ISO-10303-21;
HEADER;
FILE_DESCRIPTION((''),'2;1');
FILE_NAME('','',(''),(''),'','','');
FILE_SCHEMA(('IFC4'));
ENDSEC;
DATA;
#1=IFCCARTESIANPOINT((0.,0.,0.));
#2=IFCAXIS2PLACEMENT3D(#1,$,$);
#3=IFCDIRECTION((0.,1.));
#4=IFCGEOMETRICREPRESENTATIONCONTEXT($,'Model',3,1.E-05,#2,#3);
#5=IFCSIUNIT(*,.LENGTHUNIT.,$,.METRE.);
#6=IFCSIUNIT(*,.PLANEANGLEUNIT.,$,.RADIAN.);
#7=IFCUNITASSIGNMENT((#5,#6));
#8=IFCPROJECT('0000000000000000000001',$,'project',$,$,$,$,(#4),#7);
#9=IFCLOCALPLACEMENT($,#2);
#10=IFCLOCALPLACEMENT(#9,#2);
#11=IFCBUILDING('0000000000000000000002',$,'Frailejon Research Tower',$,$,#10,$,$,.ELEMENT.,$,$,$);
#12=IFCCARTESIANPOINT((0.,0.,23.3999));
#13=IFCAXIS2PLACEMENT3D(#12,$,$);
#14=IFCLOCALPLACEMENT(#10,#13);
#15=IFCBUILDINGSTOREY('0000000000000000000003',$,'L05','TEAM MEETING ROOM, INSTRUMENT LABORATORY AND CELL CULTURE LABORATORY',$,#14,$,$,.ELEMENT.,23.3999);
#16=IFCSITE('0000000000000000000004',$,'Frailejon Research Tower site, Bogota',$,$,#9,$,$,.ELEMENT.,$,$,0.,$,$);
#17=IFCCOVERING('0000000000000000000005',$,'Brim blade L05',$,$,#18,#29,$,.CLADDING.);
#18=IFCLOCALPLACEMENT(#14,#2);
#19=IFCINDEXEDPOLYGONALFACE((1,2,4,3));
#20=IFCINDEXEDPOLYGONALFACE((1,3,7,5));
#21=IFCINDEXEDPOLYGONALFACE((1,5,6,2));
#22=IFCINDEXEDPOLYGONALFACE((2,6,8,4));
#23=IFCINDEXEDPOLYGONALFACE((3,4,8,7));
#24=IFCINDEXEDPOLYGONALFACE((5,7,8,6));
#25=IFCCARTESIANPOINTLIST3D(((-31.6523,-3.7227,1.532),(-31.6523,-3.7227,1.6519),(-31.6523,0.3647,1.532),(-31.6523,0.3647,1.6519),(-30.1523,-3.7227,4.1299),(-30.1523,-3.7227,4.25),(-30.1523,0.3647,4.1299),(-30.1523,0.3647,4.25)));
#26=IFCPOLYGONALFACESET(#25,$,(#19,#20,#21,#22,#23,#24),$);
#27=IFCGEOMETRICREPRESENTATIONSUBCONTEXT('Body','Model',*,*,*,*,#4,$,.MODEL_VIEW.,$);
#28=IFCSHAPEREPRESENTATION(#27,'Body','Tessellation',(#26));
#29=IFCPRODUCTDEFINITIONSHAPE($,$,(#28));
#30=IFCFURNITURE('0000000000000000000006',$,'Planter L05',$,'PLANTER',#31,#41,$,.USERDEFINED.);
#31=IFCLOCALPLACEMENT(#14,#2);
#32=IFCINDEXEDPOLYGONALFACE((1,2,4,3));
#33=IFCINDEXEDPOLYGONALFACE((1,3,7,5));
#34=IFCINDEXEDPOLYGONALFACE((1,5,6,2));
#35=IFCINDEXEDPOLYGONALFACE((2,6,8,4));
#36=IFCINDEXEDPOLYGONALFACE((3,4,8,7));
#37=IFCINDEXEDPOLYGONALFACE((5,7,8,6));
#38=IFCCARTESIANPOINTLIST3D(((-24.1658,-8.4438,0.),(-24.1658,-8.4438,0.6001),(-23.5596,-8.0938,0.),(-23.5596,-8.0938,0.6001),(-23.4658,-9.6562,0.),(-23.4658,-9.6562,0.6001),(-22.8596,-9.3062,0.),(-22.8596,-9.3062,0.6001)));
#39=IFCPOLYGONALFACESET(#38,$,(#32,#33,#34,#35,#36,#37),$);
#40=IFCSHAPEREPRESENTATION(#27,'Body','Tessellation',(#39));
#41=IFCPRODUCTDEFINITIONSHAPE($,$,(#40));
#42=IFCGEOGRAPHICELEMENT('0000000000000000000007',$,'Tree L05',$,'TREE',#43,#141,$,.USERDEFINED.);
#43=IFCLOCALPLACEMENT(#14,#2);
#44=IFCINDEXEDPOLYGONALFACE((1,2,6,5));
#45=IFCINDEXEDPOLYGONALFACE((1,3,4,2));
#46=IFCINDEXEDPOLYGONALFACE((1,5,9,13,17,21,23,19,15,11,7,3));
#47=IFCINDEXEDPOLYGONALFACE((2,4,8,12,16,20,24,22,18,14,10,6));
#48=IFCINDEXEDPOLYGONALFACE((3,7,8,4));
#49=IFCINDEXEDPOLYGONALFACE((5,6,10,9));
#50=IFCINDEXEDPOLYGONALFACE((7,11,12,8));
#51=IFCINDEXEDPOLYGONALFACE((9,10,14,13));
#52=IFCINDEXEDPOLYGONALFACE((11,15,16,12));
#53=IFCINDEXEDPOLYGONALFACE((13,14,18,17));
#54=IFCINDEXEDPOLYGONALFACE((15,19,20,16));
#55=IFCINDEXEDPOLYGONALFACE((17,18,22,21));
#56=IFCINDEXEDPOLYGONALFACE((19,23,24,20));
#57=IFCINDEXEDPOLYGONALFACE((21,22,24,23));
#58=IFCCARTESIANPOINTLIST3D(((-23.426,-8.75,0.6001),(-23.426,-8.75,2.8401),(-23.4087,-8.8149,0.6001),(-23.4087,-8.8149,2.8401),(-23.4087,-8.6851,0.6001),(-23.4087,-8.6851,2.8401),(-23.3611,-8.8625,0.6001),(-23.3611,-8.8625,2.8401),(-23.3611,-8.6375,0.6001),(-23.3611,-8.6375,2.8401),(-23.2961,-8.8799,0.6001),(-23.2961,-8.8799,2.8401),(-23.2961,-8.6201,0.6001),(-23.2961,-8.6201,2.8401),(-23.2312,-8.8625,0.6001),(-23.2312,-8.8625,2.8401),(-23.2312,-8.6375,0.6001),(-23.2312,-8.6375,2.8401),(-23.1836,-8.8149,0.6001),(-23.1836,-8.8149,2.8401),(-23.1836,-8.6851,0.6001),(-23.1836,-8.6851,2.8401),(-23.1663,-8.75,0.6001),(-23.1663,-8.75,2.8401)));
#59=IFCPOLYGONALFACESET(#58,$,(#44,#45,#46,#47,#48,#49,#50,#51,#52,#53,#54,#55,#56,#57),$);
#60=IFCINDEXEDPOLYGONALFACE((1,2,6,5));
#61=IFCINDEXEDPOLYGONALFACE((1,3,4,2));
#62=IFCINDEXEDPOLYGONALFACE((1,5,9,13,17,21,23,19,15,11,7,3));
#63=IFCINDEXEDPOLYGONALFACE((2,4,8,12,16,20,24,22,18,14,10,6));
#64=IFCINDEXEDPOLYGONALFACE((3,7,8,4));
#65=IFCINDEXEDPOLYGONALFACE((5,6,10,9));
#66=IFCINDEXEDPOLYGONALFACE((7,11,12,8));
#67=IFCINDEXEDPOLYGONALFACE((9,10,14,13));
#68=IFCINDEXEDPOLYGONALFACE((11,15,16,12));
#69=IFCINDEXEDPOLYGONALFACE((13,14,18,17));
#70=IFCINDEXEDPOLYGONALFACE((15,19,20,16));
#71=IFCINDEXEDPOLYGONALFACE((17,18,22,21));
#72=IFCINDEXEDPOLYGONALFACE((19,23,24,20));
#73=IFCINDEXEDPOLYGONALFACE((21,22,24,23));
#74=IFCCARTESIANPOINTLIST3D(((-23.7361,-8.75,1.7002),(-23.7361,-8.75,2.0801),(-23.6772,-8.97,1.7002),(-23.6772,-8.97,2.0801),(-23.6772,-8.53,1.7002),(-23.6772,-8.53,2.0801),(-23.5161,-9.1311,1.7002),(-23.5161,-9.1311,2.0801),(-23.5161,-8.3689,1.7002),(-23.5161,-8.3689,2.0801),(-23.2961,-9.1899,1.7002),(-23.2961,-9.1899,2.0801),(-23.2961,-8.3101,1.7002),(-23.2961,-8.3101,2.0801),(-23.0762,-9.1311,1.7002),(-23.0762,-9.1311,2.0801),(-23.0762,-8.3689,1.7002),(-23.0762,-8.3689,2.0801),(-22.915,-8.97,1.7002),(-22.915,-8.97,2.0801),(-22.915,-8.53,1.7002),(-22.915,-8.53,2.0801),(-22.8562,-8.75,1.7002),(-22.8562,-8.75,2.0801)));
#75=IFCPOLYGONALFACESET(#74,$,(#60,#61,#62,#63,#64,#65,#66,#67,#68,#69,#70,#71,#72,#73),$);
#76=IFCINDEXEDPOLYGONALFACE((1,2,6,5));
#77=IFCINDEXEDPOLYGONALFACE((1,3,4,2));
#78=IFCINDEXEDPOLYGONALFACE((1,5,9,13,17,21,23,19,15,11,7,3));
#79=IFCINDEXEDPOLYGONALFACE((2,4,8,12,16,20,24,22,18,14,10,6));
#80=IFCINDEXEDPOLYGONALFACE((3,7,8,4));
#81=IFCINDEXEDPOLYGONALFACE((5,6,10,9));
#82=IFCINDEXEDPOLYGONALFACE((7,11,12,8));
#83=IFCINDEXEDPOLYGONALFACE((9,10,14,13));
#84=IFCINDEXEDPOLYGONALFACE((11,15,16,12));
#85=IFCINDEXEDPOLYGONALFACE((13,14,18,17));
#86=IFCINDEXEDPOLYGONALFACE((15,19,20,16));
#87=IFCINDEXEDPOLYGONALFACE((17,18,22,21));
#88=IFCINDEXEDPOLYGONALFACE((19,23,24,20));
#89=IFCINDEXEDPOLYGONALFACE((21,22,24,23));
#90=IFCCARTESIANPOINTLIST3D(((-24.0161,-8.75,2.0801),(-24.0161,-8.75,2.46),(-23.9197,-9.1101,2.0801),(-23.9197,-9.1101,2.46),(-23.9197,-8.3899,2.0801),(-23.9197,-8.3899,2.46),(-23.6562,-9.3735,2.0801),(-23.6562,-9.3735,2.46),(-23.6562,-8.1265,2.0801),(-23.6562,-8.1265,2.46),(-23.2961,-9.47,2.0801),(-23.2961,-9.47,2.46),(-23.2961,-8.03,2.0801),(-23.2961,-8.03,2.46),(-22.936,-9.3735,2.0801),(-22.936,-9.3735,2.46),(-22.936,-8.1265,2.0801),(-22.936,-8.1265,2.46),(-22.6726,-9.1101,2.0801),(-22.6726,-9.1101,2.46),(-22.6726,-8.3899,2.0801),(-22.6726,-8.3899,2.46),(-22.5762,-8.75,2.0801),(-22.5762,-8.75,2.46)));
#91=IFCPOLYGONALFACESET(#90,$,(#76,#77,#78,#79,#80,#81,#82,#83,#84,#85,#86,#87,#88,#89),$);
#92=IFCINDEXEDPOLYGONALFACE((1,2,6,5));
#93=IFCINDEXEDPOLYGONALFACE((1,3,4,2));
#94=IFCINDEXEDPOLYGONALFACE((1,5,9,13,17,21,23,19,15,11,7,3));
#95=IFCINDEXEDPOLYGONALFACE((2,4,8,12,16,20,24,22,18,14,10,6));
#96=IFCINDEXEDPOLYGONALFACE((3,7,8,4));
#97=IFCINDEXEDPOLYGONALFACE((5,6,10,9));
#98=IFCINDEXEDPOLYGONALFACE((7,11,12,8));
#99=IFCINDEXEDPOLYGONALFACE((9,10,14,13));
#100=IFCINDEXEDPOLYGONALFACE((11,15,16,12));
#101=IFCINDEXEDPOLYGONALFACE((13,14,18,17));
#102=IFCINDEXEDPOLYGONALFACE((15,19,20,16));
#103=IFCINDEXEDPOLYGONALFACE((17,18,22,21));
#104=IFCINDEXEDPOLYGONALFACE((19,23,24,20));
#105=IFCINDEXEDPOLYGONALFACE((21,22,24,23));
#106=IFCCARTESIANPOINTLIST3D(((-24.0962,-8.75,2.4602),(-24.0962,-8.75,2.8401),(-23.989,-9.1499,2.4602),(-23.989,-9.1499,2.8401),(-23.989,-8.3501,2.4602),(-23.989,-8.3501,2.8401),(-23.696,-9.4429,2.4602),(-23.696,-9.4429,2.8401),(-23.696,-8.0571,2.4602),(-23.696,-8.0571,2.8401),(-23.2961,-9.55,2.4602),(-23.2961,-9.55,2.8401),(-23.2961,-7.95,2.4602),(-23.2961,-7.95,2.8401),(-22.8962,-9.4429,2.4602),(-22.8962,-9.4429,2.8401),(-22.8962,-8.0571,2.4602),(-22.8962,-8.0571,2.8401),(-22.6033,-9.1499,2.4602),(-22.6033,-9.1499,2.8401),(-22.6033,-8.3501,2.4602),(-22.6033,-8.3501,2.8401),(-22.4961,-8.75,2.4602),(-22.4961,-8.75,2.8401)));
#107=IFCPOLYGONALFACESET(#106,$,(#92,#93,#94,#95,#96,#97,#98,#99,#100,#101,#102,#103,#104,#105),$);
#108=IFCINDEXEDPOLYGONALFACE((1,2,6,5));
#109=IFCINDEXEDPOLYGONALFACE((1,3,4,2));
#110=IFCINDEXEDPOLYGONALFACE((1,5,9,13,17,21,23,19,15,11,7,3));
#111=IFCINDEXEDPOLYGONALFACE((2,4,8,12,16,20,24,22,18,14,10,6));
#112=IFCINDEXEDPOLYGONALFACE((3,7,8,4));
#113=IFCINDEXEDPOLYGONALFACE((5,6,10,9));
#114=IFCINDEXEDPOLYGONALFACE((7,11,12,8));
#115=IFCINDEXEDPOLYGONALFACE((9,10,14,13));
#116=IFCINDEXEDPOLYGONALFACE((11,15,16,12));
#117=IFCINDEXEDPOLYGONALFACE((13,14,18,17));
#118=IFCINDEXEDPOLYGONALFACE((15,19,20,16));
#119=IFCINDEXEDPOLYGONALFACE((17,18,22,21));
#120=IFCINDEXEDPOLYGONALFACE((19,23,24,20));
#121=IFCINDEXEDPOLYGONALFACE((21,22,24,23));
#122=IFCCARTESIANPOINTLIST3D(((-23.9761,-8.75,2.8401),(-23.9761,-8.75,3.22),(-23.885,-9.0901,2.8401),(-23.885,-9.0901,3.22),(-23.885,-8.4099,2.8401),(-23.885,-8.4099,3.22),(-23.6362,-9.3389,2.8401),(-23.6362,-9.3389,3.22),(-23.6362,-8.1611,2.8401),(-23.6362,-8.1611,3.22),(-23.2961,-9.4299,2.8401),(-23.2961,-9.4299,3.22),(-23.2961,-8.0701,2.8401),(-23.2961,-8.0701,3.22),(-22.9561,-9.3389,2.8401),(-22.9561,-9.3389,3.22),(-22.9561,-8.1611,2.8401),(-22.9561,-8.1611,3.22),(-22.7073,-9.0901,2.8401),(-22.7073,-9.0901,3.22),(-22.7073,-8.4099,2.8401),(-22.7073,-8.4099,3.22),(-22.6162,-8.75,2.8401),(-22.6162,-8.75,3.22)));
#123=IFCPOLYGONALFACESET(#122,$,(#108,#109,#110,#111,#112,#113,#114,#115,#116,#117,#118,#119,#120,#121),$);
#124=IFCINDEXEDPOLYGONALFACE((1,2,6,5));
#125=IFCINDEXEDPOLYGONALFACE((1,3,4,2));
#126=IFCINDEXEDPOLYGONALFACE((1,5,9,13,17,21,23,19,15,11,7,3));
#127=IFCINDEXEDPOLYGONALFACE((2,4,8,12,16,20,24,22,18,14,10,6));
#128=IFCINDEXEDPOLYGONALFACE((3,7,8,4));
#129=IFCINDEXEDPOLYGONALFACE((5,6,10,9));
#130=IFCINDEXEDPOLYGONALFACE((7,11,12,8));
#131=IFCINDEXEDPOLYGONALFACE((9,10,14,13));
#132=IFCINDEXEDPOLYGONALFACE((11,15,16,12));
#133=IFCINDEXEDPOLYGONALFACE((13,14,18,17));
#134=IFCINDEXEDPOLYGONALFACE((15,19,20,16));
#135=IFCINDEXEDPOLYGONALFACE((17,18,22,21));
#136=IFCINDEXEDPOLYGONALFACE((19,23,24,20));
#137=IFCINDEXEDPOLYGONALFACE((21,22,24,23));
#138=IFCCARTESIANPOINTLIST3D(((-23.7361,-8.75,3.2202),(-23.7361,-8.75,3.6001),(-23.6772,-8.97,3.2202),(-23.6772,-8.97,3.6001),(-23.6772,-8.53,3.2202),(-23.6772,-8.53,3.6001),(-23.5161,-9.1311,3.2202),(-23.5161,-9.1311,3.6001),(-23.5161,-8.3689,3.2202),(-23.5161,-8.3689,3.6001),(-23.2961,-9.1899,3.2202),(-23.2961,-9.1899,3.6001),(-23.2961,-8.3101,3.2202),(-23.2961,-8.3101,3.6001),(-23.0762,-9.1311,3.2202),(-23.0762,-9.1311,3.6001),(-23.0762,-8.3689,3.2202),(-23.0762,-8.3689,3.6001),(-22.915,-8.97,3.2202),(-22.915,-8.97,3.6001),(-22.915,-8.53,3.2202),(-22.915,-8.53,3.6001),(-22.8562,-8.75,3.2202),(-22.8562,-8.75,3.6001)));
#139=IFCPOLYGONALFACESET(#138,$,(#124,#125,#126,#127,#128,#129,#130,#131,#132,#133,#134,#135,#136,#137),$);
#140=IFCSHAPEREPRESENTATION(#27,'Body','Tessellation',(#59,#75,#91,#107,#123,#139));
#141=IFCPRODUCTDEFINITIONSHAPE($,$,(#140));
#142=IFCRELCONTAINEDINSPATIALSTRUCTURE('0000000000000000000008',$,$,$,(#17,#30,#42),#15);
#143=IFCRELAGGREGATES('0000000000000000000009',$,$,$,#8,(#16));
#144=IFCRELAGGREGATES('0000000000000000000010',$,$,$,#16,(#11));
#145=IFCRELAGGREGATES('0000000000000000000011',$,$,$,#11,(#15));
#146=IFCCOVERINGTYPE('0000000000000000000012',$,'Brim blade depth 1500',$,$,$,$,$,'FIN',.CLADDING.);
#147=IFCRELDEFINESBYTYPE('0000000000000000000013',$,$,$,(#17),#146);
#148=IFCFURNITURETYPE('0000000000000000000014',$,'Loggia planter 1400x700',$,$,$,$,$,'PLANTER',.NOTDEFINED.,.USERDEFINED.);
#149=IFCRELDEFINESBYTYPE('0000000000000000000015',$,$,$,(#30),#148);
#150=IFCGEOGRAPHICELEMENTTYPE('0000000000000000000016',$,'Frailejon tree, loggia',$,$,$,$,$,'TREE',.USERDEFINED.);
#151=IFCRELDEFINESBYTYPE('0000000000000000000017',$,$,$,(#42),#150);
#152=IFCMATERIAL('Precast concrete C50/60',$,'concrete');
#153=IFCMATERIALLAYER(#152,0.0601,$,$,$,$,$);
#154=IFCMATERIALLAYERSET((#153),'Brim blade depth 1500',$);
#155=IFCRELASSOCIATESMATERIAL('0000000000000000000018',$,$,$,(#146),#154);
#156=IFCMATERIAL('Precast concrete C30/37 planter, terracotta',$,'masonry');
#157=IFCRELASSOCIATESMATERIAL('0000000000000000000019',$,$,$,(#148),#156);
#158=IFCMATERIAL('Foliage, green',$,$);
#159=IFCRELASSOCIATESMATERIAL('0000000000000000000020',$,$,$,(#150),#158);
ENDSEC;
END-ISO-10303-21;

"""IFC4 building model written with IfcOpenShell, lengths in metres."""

from ifc_helpers import new_model, si_unit, direction, frame, origin, origin_2d, place, context, subcontext, project, spatial, polyline, rectangle, outline, extrude, material, layer, layer_set, type_object, element, save


model = new_model("IFC4")

# Units and contexts
model_context = context("Model", 3, precision=1e-05, world=origin(), true_north=direction((0.0, 1.0)))
body_context = subcontext(model_context, "Body", "Model", "MODEL_VIEW")
ifc_project = project(units=[si_unit("LENGTHUNIT", "METRE"), si_unit("PLANEANGLEUNIT", "RADIAN")], contexts=[model_context])

# Site, building, storey
site_placement = place(None, origin())
site = spatial("IfcSite", under=ifc_project, at=site_placement, Name="Frailejon Research Tower site, Bogota", CompositionType="ELEMENT", RefElevation=0.0)
building_placement = place(site_placement, origin())
building = spatial("IfcBuilding", under=site, at=building_placement, Name="Frailejon Research Tower", CompositionType="ELEMENT")
storey_placement = place(building_placement, frame((0.0, 0.0, 23.3999)))
storey = spatial("IfcBuildingStorey", under=building, at=storey_placement, Name="L05", Description="TEAM MEETING ROOM, INSTRUMENT LABORATORY AND CELL CULTURE LABORATORY", CompositionType="ELEMENT", Elevation=23.3999)

# Covering
ifc_material_1 = material(Name="Precast concrete C50/60", Category="concrete")
ifc_layer_1 = layer(ifc_material_1, 0.0601)
ifc_layer_set_1 = layer_set([ifc_layer_1], Name="Brim blade depth 1500")
covering_type_1 = type_object("IfcCoveringType", Name="Brim blade depth 1500", ElementType="FIN", PredefinedType="CLADDING", material=ifc_layer_set_1)
covering_1_placement = place(storey_placement, frame((-30.1523, -3.7227, 4.25), z_axis=(0.0, 1.0, 0.0), x_axis=(-1.0, 0.0, 0.0)))
element("IfcCovering", 1, at=covering_1_placement, inside=storey, type_object=covering_type_1, Name="Brim blade L05", PredefinedType="CLADDING", context=body_context, shape_type="SweptSolid", body=[
    extrude(outline(polyline([(0.0, -0.1201), (1.5, -2.718), (1.5, -2.5981), (0.0, 0.0), (0.0, -0.1201)])), origin(), (0.0, 0.0, 1.0), 4.0874),
])

# Furniture
ifc_material_2 = material(Name="Precast concrete C30/37 planter, terracotta", Category="masonry")
furniture_type = type_object("IfcFurnitureType", Name="Loggia planter 1400x700", ElementType="PLANTER", AssemblyPlace="NOTDEFINED", PredefinedType="USERDEFINED", material=ifc_material_2)
furniture_placement = place(storey_placement, frame((-23.5127, -8.875, 0.0), z_axis=(0.0, 0.0, 1.0), x_axis=(0.5, -0.866025, 0.0)))
element("IfcFurniture", 2, at=furniture_placement, inside=storey, type_object=furniture_type, Name="Planter L05", ObjectType="PLANTER", PredefinedType="USERDEFINED", context=body_context, shape_type="SweptSolid", body=[
    extrude(rectangle(XDim=1.3999, YDim=0.7, at=origin_2d()), origin(), (0.0, 0.0, 1.0), 0.6001),
])

# Geographic element
ifc_material_3 = material(Name="Foliage, green")
geographic_element_type = type_object("IfcGeographicElementType", Name="Frailejon tree, loggia", ElementType="TREE", PredefinedType="USERDEFINED", material=ifc_material_3)
geographic_element_placement = place(storey_placement, frame((-23.2961, -8.75, 0.6001)))
element("IfcGeographicElement", 3, at=geographic_element_placement, inside=storey, type_object=geographic_element_type, Name="Tree L05", ObjectType="TREE", PredefinedType="USERDEFINED", context=body_context, shape_type="SweptSolid", body=[
    extrude(outline(polyline([(0.1299, 0.0), (0.1125, 0.0649), (0.0649, 0.1125), (0.0, 0.1299), (-0.0649, 0.1125), (-0.1125, 0.0649), (-0.1299, 0.0), (-0.1125, -0.0649), (-0.0649, -0.1125), (0.0, -0.1299), (0.0649, -0.1125), (0.1125, -0.0649), (0.1299, 0.0)])), origin(), (0.0, 0.0, 1.0), 2.24),
    extrude(outline(polyline([(0.4399, 0.0), (0.3811, 0.22), (0.22, 0.3811), (0.0, 0.4399), (-0.22, 0.3811), (-0.3811, 0.22), (-0.4399, 0.0), (-0.3811, -0.22), (-0.22, -0.3811), (0.0, -0.4399), (0.22, -0.3811), (0.3811, -0.22), (0.4399, 0.0)])), frame((0.0, 0.0, 1.1001)), (0.0, 0.0, 1.0), 0.3799),
    extrude(outline(polyline([(0.72, 0.0), (0.6235, 0.3601), (0.3601, 0.6235), (0.0, 0.72), (-0.3601, 0.6235), (-0.6235, 0.3601), (-0.72, 0.0), (-0.6235, -0.3601), (-0.3601, -0.6235), (0.0, -0.72), (0.3601, -0.6235), (0.6235, -0.3601), (0.72, 0.0)])), frame((0.0, 0.0, 1.48)), (0.0, 0.0, 1.0), 0.3799),
    extrude(outline(polyline([(0.8, 0.0), (0.6929, 0.3999), (0.3999, 0.6929), (0.0, 0.8), (-0.3999, 0.6929), (-0.6929, 0.3999), (-0.8, 0.0), (-0.6929, -0.3999), (-0.3999, -0.6929), (0.0, -0.8), (0.3999, -0.6929), (0.6929, -0.3999), (0.8, 0.0)])), frame((0.0, 0.0, 1.8601)), (0.0, 0.0, 1.0), 0.3799),
    extrude(outline(polyline([(0.6799, 0.0), (0.5889, 0.3401), (0.3401, 0.5889), (0.0, 0.6799), (-0.3401, 0.5889), (-0.5889, 0.3401), (-0.6799, 0.0), (-0.5889, -0.3401), (-0.3401, -0.5889), (0.0, -0.6799), (0.3401, -0.5889), (0.5889, -0.3401), (0.6799, 0.0)])), frame((0.0, 0.0, 2.24)), (0.0, 0.0, 1.0), 0.3799),
    extrude(outline(polyline([(0.4399, 0.0), (0.3811, 0.22), (0.22, 0.3811), (0.0, 0.4399), (-0.22, 0.3811), (-0.3811, 0.22), (-0.4399, 0.0), (-0.3811, -0.22), (-0.22, -0.3811), (0.0, -0.4399), (0.22, -0.3811), (0.3811, -0.22), (0.4399, 0.0)])), frame((0.0, 0.0, 2.6201)), (0.0, 0.0, 1.0), 0.3799),
])

save(model, "model.ifc")
